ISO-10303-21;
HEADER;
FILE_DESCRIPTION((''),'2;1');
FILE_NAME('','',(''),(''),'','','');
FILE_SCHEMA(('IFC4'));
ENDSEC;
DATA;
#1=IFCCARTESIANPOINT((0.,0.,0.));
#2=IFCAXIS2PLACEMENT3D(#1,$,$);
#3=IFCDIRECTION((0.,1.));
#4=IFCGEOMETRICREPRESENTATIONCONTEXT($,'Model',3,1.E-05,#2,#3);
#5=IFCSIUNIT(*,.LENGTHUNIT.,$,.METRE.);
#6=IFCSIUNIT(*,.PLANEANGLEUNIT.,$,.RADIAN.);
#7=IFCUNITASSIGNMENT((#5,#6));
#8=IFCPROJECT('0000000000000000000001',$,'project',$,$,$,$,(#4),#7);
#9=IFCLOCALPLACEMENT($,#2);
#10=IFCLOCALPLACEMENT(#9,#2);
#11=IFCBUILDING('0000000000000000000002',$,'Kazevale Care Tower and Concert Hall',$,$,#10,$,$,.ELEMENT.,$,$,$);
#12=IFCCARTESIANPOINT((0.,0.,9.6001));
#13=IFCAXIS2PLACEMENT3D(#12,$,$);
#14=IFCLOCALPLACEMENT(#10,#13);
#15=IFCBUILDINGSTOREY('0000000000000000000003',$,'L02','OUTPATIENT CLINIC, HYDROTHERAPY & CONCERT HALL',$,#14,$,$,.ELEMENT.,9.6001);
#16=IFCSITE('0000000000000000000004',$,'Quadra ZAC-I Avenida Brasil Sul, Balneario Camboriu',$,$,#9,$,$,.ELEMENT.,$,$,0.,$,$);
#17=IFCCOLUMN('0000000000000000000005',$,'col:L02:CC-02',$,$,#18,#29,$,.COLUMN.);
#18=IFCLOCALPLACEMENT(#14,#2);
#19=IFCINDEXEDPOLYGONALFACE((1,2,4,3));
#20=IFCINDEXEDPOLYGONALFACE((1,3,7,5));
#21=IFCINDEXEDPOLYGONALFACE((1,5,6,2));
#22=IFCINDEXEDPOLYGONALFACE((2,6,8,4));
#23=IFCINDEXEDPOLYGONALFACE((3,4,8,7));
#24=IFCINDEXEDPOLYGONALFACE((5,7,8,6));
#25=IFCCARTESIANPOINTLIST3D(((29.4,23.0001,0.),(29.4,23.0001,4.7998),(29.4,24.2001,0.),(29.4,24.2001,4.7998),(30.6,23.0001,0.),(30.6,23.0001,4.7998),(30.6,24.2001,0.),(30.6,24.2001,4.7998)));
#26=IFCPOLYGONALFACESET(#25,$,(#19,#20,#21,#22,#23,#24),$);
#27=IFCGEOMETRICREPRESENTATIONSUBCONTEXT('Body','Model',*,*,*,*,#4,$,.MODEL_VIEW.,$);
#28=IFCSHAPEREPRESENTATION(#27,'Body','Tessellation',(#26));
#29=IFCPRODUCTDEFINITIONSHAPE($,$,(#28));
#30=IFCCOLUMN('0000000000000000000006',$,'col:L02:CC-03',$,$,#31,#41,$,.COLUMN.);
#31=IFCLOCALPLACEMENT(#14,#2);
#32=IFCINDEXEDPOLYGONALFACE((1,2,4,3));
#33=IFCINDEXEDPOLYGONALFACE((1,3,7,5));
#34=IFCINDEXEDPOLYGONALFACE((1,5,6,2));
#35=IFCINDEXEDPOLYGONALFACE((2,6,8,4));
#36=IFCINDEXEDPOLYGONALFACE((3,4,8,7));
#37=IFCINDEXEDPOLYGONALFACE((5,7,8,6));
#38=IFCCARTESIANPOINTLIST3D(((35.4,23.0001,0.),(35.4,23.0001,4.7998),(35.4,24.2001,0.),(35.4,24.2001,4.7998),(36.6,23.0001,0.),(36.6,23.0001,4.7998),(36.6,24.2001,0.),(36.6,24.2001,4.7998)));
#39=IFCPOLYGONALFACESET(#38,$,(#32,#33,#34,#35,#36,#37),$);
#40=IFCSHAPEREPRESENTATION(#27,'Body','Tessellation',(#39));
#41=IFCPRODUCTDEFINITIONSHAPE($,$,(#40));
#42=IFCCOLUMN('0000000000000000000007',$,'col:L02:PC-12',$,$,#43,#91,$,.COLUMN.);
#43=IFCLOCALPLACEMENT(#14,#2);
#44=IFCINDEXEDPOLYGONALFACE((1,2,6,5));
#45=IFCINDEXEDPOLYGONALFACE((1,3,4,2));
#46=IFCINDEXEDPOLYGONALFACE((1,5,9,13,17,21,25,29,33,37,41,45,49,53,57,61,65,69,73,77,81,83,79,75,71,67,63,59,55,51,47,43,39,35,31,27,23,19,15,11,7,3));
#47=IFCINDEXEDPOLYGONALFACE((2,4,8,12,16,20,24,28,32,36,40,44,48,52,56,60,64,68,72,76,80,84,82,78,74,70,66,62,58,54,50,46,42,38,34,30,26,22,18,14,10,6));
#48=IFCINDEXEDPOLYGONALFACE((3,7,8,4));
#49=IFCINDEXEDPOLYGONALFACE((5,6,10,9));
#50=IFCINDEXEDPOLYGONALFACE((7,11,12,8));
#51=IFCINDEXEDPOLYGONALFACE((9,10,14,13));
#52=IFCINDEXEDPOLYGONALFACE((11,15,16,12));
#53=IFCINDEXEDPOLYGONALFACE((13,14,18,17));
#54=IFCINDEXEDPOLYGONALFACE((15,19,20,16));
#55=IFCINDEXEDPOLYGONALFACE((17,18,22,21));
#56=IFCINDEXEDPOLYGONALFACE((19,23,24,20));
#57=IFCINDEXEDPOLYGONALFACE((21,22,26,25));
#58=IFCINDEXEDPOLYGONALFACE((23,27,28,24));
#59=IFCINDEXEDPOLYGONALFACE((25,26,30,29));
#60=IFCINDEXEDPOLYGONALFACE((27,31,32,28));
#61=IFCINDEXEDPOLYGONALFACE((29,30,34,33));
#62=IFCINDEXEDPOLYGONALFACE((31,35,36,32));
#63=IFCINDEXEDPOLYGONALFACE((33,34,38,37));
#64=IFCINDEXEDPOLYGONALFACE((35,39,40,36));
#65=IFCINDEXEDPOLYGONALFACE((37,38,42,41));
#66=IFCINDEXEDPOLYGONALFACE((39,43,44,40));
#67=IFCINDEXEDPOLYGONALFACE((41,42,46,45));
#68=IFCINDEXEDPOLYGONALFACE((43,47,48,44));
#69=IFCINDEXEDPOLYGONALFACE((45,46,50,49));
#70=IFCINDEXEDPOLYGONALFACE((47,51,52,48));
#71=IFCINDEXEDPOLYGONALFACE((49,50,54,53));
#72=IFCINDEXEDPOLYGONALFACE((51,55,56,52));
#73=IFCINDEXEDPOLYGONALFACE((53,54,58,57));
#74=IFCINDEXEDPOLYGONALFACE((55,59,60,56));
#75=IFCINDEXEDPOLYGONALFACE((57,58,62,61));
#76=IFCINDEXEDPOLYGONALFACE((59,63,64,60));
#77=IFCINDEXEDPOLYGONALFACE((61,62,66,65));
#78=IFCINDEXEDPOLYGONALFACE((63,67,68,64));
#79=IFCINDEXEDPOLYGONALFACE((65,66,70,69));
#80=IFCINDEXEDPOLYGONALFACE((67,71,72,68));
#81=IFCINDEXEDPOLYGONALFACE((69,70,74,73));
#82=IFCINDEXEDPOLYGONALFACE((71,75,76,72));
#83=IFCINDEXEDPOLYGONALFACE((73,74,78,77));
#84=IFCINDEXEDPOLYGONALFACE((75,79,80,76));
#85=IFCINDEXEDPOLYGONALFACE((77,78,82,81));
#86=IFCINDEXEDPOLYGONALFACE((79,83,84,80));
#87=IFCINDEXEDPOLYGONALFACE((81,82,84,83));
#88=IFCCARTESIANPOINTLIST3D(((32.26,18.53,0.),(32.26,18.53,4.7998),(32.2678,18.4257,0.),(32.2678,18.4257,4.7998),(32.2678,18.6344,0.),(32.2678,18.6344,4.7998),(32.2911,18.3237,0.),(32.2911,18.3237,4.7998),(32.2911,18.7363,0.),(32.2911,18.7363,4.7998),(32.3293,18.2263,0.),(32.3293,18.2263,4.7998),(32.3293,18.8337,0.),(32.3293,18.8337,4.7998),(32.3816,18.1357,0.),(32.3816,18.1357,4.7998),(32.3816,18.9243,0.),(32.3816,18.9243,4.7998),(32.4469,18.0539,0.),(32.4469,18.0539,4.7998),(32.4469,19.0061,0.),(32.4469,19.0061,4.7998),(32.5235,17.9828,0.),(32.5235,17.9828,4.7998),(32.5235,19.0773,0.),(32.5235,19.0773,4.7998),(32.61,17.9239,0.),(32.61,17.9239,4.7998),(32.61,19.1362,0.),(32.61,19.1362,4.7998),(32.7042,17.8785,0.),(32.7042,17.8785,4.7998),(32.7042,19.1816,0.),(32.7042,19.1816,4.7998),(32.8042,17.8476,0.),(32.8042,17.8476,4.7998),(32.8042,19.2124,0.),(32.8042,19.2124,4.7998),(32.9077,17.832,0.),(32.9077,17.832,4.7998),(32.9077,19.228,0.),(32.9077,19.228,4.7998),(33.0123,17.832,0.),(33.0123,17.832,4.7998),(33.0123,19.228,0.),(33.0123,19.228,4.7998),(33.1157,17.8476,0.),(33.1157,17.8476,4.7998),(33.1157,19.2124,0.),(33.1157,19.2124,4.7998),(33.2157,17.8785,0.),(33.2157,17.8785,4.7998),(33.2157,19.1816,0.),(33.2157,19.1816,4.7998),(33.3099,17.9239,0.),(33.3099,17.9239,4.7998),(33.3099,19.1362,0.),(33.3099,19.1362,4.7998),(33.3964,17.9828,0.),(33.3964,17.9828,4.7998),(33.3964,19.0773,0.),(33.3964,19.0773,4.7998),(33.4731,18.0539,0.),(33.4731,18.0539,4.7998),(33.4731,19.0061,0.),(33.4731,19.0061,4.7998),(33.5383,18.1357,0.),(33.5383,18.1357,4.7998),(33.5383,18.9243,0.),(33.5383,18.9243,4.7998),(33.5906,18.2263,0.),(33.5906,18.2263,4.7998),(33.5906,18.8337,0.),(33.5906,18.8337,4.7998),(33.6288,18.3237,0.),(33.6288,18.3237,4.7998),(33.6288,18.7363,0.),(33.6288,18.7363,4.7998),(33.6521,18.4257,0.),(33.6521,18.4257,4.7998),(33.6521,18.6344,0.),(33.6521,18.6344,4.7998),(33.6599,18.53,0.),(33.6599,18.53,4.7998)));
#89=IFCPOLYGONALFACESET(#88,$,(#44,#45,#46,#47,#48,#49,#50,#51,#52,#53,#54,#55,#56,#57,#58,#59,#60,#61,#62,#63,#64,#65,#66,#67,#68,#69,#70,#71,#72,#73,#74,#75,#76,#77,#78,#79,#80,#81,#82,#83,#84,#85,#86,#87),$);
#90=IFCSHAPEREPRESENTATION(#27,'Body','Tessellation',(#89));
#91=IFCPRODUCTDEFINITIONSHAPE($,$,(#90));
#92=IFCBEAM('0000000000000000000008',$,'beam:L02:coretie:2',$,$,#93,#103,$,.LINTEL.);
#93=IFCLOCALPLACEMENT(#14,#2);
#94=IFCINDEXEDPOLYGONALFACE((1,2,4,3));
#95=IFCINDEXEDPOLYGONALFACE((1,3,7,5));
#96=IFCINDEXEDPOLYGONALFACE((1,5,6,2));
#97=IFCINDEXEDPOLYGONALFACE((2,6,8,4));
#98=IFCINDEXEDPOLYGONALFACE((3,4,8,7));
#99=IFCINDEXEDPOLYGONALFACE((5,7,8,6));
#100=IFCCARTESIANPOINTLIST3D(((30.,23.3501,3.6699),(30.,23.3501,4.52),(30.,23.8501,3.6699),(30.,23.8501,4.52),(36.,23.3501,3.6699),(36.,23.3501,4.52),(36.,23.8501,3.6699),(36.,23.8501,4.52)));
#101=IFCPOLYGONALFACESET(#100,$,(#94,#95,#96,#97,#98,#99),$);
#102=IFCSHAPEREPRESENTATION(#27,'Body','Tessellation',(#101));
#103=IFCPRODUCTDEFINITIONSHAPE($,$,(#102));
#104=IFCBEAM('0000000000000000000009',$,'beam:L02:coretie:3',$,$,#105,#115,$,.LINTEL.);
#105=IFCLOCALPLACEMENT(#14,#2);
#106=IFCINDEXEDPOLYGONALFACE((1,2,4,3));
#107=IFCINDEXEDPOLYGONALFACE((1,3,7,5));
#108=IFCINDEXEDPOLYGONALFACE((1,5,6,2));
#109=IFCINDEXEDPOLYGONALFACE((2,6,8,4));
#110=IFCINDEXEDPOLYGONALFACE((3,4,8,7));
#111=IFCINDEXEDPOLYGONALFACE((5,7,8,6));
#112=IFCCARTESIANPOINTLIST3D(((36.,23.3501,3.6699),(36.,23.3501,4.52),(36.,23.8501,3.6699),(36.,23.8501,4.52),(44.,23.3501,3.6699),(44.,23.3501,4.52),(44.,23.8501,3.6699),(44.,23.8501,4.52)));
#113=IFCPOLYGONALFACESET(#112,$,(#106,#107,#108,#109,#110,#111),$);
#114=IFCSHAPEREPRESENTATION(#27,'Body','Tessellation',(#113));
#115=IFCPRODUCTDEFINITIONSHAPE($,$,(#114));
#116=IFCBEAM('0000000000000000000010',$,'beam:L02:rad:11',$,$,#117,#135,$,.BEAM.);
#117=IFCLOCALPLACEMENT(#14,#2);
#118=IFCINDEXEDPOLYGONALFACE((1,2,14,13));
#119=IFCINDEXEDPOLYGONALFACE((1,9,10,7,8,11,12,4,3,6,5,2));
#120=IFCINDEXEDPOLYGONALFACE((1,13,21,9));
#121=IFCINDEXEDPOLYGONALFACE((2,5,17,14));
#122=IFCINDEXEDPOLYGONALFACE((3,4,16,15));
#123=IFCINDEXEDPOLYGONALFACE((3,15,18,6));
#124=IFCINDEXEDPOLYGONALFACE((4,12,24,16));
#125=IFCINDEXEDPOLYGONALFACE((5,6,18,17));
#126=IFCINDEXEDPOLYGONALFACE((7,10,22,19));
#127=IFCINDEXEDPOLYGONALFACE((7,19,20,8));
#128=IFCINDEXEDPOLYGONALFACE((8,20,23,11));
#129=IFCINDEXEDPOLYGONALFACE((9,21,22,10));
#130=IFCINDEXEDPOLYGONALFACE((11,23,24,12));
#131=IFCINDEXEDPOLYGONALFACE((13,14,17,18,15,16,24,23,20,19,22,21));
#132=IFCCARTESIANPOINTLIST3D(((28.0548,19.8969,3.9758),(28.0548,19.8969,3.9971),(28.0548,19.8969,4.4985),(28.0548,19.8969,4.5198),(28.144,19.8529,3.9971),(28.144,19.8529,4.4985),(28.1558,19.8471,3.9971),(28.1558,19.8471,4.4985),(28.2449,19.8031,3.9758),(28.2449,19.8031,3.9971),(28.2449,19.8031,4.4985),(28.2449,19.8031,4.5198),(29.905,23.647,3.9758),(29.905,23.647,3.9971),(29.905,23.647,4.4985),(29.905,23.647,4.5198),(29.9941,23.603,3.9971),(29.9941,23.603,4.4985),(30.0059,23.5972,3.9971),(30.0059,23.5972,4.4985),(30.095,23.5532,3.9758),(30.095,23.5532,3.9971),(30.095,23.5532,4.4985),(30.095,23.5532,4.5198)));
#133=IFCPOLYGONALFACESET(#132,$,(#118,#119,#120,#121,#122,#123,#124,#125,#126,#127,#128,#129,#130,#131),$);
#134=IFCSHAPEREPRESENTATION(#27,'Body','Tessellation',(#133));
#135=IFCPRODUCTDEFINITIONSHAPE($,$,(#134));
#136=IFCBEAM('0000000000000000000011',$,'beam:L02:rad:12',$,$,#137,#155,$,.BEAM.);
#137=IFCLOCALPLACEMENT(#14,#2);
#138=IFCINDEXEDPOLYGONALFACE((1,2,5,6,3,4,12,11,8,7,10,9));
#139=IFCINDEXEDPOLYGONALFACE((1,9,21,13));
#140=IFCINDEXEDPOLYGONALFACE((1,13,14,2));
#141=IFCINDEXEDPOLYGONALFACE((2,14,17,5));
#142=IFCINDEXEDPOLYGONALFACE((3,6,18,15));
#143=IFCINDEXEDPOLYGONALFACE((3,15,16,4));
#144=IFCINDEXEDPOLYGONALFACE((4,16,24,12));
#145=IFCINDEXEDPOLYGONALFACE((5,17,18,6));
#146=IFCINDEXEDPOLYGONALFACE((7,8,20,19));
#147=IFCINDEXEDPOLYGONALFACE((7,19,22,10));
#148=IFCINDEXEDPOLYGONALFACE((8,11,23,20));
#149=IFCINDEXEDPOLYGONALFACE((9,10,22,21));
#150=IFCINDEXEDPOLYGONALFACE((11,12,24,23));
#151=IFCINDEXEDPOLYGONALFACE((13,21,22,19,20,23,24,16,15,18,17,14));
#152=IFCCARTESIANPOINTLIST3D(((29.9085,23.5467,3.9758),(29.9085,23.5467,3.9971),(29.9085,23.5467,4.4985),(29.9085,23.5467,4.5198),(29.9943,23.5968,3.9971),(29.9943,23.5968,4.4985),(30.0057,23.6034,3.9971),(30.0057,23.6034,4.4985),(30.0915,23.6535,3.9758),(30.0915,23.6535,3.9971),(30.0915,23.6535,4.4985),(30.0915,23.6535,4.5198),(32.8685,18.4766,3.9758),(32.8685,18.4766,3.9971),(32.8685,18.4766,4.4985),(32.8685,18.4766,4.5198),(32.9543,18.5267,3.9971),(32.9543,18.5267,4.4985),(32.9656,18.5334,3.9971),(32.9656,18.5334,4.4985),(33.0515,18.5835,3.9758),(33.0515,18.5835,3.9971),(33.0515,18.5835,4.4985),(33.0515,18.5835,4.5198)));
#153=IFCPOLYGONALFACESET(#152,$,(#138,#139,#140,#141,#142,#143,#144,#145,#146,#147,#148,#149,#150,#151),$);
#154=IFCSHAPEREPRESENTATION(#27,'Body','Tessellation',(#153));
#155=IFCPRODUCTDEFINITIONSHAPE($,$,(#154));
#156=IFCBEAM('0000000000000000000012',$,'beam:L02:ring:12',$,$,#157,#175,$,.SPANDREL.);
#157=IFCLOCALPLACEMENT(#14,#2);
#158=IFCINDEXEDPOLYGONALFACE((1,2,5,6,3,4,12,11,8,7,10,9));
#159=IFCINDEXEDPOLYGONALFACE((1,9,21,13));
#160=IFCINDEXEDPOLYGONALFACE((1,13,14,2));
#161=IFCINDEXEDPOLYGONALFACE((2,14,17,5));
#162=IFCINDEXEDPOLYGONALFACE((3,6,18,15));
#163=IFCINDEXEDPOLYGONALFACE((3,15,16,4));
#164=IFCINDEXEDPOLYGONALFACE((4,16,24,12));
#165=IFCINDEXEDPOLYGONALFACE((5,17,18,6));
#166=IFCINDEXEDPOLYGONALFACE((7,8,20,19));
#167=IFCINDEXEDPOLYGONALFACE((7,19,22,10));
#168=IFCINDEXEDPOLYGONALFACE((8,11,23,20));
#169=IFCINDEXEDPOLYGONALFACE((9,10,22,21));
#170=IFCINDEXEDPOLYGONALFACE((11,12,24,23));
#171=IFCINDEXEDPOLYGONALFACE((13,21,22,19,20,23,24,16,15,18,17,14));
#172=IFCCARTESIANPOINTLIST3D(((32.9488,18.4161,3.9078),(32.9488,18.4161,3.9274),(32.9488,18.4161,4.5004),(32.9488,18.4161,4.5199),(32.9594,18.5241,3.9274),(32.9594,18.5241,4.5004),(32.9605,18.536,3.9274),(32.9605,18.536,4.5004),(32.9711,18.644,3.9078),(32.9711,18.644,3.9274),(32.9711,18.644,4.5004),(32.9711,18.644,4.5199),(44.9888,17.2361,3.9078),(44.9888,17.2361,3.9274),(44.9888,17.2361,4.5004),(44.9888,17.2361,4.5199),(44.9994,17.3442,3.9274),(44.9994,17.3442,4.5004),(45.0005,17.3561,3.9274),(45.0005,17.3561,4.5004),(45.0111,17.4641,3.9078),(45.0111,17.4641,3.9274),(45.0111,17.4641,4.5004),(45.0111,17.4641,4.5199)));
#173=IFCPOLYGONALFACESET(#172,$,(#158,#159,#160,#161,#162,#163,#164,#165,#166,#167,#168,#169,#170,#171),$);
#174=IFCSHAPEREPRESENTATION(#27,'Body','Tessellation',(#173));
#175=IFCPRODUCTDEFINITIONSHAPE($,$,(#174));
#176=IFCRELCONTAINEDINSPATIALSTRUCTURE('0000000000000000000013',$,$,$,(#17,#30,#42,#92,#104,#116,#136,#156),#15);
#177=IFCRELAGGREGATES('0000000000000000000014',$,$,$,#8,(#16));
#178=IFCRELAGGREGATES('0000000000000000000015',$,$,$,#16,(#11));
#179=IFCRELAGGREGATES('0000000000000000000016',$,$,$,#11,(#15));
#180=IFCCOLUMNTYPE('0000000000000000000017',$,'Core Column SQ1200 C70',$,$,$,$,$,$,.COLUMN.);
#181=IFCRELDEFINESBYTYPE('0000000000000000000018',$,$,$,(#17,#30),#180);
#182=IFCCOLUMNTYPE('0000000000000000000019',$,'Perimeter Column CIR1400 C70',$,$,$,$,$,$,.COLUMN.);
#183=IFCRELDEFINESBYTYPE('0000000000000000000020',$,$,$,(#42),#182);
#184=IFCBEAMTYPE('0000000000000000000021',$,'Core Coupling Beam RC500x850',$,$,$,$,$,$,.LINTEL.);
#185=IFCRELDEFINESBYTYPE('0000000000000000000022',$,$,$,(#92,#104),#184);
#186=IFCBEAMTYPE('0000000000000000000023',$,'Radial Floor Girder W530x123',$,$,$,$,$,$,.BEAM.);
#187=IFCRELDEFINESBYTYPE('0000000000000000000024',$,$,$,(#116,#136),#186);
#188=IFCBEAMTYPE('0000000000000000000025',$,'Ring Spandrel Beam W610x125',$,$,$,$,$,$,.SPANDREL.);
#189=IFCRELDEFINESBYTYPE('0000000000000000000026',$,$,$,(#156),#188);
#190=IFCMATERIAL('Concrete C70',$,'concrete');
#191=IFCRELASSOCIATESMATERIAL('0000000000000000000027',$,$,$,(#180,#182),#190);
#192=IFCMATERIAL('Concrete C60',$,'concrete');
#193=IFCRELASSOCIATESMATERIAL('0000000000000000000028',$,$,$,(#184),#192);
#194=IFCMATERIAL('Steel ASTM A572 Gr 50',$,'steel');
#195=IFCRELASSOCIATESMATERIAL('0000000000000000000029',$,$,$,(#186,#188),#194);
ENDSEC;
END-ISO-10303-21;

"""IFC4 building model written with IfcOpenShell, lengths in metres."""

from ifc_helpers import new_model, si_unit, direction, frame, origin, origin_2d, place, context, subcontext, project, spatial, rectangle, circle, i_section, extrude, material, material_profile, profile_set, type_object, element, save


model = new_model("IFC4")

# Units and contexts
model_context = context("Model", 3, precision=1e-05, world=origin(), true_north=direction((0.0, 1.0)))
body_context = subcontext(model_context, "Body", "Model", "MODEL_VIEW")
ifc_project = project(units=[si_unit("LENGTHUNIT", "METRE"), si_unit("PLANEANGLEUNIT", "RADIAN")], contexts=[model_context])

# Site, building, storey
site_placement = place(None, origin())
site = spatial("IfcSite", under=ifc_project, at=site_placement, Name="Quadra ZAC-I Avenida Brasil Sul, Balneario Camboriu", CompositionType="ELEMENT", RefElevation=0.0)
building_placement = place(site_placement, origin())
building = spatial("IfcBuilding", under=site, at=building_placement, Name="Kazevale Care Tower and Concert Hall", CompositionType="ELEMENT")
storey_placement = place(building_placement, frame((0.0, 0.0, 9.6001)))
storey = spatial("IfcBuildingStorey", under=building, at=storey_placement, Name="L02", Description="OUTPATIENT CLINIC, HYDROTHERAPY & CONCERT HALL", CompositionType="ELEMENT", Elevation=9.6001)

# Columns
ifc_material_1 = material(Name="Concrete C70", Category="concrete")
ifc_material_profile_1 = material_profile(ifc_material_1, rectangle(XDim=1.2, YDim=1.2, at=origin_2d()), Name="RC-SQ1200")
ifc_profile_set_1 = profile_set([ifc_material_profile_1], Name="Concrete C70")
column_type_1 = type_object("IfcColumnType", Name="Core Column SQ1200 C70", PredefinedType="COLUMN", material=ifc_profile_set_1)
for number, where, z_axis, x_axis, name in (
    (1, (30.0, 23.6001, 0.0), (0.0, 0.0, 1.0), (1.0, 0.0, 0.0), "col:L02:CC-02"),
    (2, (36.0, 23.6001, 0.0), (0.0, 0.0, 1.0), (1.0, 0.0, 0.0), "col:L02:CC-03"),
):
    element("IfcColumn", number, at=place(storey_placement, frame(where, z_axis=z_axis, x_axis=x_axis)), inside=storey, type_object=column_type_1, Name=name, PredefinedType="COLUMN", context=body_context, shape_type="SweptSolid", body=[
        extrude(rectangle(XDim=1.2, YDim=1.2, at=origin_2d()), origin(), (0.0, 0.0, 1.0), 4.7998),
    ])
ifc_material_profile_2 = material_profile(ifc_material_1, circle(Radius=0.7, at=origin_2d()), Name="RC-CIR1400")
ifc_profile_set_2 = profile_set([ifc_material_profile_2], Name="Concrete C70")
column_type_2 = type_object("IfcColumnType", Name="Perimeter Column CIR1400 C70", PredefinedType="COLUMN", material=ifc_profile_set_2)
column_placement = place(storey_placement, frame((32.96, 18.53, 0.0), z_axis=(0.0, 0.0, 1.0), x_axis=(1.0, 0.0, 0.0)))
element("IfcColumn", 3, at=column_placement, inside=storey, type_object=column_type_2, Name="col:L02:PC-12", PredefinedType="COLUMN", context=body_context, shape_type="SweptSolid", body=[
    extrude(circle(Radius=0.7, at=origin_2d()), origin(), (0.0, 0.0, 1.0), 4.7998),
])

# Beams
ifc_material_2 = material(Name="Concrete C60", Category="concrete")
ifc_material_profile_3 = material_profile(ifc_material_2, rectangle(XDim=0.5, YDim=0.8501, at=origin_2d()), Name="RC-B500x850")
ifc_profile_set_3 = profile_set([ifc_material_profile_3], Name="Concrete C60")
beam_type_1 = type_object("IfcBeamType", Name="Core Coupling Beam RC500x850", PredefinedType="LINTEL", material=ifc_profile_set_3)
beam_1_placement = place(storey_placement, frame((30.0, 23.6001, 4.095), z_axis=(1.0, 0.0, 0.0), x_axis=(0.0, 1.0, 0.0)))
element("IfcBeam", 4, at=beam_1_placement, inside=storey, type_object=beam_type_1, Name="beam:L02:coretie:2", PredefinedType="LINTEL", context=body_context, shape_type="SweptSolid", body=[
    extrude(rectangle(XDim=0.5, YDim=0.8501, at=origin_2d()), origin(), (0.0, 0.0, 1.0), 6.0),
])
beam_2_placement = place(storey_placement, frame((36.0, 23.6001, 4.095), z_axis=(1.0, 0.0, 0.0), x_axis=(0.0, 1.0, 0.0)))
element("IfcBeam", 5, at=beam_2_placement, inside=storey, type_object=beam_type_1, Name="beam:L02:coretie:3", PredefinedType="LINTEL", context=body_context, shape_type="SweptSolid", body=[
    extrude(rectangle(XDim=0.5, YDim=0.8501, at=origin_2d()), origin(), (0.0, 0.0, 1.0), 8.0),
])
ifc_material_3 = material(Name="Steel ASTM A572 Gr 50", Category="steel")
ifc_material_profile_4 = material_profile(ifc_material_3, i_section(OverallWidth=0.2119, OverallDepth=0.5439, WebThickness=0.0132, FlangeThickness=0.0212, at=origin_2d()), Name="W530x123")
ifc_profile_set_4 = profile_set([ifc_material_profile_4], Name="Steel ASTM A572 Gr 50")
beam_type_2 = type_object("IfcBeamType", Name="Radial Floor Girder W530x123", PredefinedType="BEAM", material=ifc_profile_set_4)
beam_3_placement = place(storey_placement, frame((30.0, 23.6001, 4.2478), z_axis=(-0.442443, -0.896797, 0.0), x_axis=(0.896797, -0.442443, 0.0)))
element("IfcBeam", 6, at=beam_3_placement, inside=storey, type_object=beam_type_2, Name="beam:L02:rad:11", PredefinedType="BEAM", context=body_context, shape_type="SweptSolid", body=[
    extrude(i_section(OverallWidth=0.2119, OverallDepth=0.5439, WebThickness=0.0132, FlangeThickness=0.0212, at=origin_2d()), origin(), (0.0, 0.0, 1.0), 4.1816),
])
beam_4_placement = place(storey_placement, frame((30.0, 23.6001, 4.2478), z_axis=(0.504179, -0.863599, 0.0), x_axis=(0.863599, 0.504179, 0.0)))
element("IfcBeam", 7, at=beam_4_placement, inside=storey, type_object=beam_type_2, Name="beam:L02:rad:12", PredefinedType="BEAM", context=body_context, shape_type="SweptSolid", body=[
    extrude(i_section(OverallWidth=0.2119, OverallDepth=0.5439, WebThickness=0.0132, FlangeThickness=0.0212, at=origin_2d()), origin(), (0.0, 0.0, 1.0), 5.8708),
])
ifc_material_profile_5 = material_profile(ifc_material_3, i_section(OverallWidth=0.229, OverallDepth=0.6121, WebThickness=0.012, FlangeThickness=0.0195, at=origin_2d()), Name="W610x125")
ifc_profile_set_5 = profile_set([ifc_material_profile_5], Name="Steel ASTM A572 Gr 50")
beam_type_3 = type_object("IfcBeamType", Name="Ring Spandrel Beam W610x125", PredefinedType="SPANDREL", material=ifc_profile_set_5)
beam_5_placement = place(storey_placement, frame((32.96, 18.53, 4.2139), z_axis=(0.995232, -0.097533, 0.0), x_axis=(0.097533, 0.995232, 0.0)))
element("IfcBeam", 8, at=beam_5_placement, inside=storey, type_object=beam_type_3, Name="beam:L02:ring:12", PredefinedType="SPANDREL", context=body_context, shape_type="SweptSolid", body=[
    extrude(i_section(OverallWidth=0.229, OverallDepth=0.6121, WebThickness=0.012, FlangeThickness=0.0195, at=origin_2d()), origin(), (0.0, 0.0, 1.0), 12.0977),
])

save(model, "model.ifc")
